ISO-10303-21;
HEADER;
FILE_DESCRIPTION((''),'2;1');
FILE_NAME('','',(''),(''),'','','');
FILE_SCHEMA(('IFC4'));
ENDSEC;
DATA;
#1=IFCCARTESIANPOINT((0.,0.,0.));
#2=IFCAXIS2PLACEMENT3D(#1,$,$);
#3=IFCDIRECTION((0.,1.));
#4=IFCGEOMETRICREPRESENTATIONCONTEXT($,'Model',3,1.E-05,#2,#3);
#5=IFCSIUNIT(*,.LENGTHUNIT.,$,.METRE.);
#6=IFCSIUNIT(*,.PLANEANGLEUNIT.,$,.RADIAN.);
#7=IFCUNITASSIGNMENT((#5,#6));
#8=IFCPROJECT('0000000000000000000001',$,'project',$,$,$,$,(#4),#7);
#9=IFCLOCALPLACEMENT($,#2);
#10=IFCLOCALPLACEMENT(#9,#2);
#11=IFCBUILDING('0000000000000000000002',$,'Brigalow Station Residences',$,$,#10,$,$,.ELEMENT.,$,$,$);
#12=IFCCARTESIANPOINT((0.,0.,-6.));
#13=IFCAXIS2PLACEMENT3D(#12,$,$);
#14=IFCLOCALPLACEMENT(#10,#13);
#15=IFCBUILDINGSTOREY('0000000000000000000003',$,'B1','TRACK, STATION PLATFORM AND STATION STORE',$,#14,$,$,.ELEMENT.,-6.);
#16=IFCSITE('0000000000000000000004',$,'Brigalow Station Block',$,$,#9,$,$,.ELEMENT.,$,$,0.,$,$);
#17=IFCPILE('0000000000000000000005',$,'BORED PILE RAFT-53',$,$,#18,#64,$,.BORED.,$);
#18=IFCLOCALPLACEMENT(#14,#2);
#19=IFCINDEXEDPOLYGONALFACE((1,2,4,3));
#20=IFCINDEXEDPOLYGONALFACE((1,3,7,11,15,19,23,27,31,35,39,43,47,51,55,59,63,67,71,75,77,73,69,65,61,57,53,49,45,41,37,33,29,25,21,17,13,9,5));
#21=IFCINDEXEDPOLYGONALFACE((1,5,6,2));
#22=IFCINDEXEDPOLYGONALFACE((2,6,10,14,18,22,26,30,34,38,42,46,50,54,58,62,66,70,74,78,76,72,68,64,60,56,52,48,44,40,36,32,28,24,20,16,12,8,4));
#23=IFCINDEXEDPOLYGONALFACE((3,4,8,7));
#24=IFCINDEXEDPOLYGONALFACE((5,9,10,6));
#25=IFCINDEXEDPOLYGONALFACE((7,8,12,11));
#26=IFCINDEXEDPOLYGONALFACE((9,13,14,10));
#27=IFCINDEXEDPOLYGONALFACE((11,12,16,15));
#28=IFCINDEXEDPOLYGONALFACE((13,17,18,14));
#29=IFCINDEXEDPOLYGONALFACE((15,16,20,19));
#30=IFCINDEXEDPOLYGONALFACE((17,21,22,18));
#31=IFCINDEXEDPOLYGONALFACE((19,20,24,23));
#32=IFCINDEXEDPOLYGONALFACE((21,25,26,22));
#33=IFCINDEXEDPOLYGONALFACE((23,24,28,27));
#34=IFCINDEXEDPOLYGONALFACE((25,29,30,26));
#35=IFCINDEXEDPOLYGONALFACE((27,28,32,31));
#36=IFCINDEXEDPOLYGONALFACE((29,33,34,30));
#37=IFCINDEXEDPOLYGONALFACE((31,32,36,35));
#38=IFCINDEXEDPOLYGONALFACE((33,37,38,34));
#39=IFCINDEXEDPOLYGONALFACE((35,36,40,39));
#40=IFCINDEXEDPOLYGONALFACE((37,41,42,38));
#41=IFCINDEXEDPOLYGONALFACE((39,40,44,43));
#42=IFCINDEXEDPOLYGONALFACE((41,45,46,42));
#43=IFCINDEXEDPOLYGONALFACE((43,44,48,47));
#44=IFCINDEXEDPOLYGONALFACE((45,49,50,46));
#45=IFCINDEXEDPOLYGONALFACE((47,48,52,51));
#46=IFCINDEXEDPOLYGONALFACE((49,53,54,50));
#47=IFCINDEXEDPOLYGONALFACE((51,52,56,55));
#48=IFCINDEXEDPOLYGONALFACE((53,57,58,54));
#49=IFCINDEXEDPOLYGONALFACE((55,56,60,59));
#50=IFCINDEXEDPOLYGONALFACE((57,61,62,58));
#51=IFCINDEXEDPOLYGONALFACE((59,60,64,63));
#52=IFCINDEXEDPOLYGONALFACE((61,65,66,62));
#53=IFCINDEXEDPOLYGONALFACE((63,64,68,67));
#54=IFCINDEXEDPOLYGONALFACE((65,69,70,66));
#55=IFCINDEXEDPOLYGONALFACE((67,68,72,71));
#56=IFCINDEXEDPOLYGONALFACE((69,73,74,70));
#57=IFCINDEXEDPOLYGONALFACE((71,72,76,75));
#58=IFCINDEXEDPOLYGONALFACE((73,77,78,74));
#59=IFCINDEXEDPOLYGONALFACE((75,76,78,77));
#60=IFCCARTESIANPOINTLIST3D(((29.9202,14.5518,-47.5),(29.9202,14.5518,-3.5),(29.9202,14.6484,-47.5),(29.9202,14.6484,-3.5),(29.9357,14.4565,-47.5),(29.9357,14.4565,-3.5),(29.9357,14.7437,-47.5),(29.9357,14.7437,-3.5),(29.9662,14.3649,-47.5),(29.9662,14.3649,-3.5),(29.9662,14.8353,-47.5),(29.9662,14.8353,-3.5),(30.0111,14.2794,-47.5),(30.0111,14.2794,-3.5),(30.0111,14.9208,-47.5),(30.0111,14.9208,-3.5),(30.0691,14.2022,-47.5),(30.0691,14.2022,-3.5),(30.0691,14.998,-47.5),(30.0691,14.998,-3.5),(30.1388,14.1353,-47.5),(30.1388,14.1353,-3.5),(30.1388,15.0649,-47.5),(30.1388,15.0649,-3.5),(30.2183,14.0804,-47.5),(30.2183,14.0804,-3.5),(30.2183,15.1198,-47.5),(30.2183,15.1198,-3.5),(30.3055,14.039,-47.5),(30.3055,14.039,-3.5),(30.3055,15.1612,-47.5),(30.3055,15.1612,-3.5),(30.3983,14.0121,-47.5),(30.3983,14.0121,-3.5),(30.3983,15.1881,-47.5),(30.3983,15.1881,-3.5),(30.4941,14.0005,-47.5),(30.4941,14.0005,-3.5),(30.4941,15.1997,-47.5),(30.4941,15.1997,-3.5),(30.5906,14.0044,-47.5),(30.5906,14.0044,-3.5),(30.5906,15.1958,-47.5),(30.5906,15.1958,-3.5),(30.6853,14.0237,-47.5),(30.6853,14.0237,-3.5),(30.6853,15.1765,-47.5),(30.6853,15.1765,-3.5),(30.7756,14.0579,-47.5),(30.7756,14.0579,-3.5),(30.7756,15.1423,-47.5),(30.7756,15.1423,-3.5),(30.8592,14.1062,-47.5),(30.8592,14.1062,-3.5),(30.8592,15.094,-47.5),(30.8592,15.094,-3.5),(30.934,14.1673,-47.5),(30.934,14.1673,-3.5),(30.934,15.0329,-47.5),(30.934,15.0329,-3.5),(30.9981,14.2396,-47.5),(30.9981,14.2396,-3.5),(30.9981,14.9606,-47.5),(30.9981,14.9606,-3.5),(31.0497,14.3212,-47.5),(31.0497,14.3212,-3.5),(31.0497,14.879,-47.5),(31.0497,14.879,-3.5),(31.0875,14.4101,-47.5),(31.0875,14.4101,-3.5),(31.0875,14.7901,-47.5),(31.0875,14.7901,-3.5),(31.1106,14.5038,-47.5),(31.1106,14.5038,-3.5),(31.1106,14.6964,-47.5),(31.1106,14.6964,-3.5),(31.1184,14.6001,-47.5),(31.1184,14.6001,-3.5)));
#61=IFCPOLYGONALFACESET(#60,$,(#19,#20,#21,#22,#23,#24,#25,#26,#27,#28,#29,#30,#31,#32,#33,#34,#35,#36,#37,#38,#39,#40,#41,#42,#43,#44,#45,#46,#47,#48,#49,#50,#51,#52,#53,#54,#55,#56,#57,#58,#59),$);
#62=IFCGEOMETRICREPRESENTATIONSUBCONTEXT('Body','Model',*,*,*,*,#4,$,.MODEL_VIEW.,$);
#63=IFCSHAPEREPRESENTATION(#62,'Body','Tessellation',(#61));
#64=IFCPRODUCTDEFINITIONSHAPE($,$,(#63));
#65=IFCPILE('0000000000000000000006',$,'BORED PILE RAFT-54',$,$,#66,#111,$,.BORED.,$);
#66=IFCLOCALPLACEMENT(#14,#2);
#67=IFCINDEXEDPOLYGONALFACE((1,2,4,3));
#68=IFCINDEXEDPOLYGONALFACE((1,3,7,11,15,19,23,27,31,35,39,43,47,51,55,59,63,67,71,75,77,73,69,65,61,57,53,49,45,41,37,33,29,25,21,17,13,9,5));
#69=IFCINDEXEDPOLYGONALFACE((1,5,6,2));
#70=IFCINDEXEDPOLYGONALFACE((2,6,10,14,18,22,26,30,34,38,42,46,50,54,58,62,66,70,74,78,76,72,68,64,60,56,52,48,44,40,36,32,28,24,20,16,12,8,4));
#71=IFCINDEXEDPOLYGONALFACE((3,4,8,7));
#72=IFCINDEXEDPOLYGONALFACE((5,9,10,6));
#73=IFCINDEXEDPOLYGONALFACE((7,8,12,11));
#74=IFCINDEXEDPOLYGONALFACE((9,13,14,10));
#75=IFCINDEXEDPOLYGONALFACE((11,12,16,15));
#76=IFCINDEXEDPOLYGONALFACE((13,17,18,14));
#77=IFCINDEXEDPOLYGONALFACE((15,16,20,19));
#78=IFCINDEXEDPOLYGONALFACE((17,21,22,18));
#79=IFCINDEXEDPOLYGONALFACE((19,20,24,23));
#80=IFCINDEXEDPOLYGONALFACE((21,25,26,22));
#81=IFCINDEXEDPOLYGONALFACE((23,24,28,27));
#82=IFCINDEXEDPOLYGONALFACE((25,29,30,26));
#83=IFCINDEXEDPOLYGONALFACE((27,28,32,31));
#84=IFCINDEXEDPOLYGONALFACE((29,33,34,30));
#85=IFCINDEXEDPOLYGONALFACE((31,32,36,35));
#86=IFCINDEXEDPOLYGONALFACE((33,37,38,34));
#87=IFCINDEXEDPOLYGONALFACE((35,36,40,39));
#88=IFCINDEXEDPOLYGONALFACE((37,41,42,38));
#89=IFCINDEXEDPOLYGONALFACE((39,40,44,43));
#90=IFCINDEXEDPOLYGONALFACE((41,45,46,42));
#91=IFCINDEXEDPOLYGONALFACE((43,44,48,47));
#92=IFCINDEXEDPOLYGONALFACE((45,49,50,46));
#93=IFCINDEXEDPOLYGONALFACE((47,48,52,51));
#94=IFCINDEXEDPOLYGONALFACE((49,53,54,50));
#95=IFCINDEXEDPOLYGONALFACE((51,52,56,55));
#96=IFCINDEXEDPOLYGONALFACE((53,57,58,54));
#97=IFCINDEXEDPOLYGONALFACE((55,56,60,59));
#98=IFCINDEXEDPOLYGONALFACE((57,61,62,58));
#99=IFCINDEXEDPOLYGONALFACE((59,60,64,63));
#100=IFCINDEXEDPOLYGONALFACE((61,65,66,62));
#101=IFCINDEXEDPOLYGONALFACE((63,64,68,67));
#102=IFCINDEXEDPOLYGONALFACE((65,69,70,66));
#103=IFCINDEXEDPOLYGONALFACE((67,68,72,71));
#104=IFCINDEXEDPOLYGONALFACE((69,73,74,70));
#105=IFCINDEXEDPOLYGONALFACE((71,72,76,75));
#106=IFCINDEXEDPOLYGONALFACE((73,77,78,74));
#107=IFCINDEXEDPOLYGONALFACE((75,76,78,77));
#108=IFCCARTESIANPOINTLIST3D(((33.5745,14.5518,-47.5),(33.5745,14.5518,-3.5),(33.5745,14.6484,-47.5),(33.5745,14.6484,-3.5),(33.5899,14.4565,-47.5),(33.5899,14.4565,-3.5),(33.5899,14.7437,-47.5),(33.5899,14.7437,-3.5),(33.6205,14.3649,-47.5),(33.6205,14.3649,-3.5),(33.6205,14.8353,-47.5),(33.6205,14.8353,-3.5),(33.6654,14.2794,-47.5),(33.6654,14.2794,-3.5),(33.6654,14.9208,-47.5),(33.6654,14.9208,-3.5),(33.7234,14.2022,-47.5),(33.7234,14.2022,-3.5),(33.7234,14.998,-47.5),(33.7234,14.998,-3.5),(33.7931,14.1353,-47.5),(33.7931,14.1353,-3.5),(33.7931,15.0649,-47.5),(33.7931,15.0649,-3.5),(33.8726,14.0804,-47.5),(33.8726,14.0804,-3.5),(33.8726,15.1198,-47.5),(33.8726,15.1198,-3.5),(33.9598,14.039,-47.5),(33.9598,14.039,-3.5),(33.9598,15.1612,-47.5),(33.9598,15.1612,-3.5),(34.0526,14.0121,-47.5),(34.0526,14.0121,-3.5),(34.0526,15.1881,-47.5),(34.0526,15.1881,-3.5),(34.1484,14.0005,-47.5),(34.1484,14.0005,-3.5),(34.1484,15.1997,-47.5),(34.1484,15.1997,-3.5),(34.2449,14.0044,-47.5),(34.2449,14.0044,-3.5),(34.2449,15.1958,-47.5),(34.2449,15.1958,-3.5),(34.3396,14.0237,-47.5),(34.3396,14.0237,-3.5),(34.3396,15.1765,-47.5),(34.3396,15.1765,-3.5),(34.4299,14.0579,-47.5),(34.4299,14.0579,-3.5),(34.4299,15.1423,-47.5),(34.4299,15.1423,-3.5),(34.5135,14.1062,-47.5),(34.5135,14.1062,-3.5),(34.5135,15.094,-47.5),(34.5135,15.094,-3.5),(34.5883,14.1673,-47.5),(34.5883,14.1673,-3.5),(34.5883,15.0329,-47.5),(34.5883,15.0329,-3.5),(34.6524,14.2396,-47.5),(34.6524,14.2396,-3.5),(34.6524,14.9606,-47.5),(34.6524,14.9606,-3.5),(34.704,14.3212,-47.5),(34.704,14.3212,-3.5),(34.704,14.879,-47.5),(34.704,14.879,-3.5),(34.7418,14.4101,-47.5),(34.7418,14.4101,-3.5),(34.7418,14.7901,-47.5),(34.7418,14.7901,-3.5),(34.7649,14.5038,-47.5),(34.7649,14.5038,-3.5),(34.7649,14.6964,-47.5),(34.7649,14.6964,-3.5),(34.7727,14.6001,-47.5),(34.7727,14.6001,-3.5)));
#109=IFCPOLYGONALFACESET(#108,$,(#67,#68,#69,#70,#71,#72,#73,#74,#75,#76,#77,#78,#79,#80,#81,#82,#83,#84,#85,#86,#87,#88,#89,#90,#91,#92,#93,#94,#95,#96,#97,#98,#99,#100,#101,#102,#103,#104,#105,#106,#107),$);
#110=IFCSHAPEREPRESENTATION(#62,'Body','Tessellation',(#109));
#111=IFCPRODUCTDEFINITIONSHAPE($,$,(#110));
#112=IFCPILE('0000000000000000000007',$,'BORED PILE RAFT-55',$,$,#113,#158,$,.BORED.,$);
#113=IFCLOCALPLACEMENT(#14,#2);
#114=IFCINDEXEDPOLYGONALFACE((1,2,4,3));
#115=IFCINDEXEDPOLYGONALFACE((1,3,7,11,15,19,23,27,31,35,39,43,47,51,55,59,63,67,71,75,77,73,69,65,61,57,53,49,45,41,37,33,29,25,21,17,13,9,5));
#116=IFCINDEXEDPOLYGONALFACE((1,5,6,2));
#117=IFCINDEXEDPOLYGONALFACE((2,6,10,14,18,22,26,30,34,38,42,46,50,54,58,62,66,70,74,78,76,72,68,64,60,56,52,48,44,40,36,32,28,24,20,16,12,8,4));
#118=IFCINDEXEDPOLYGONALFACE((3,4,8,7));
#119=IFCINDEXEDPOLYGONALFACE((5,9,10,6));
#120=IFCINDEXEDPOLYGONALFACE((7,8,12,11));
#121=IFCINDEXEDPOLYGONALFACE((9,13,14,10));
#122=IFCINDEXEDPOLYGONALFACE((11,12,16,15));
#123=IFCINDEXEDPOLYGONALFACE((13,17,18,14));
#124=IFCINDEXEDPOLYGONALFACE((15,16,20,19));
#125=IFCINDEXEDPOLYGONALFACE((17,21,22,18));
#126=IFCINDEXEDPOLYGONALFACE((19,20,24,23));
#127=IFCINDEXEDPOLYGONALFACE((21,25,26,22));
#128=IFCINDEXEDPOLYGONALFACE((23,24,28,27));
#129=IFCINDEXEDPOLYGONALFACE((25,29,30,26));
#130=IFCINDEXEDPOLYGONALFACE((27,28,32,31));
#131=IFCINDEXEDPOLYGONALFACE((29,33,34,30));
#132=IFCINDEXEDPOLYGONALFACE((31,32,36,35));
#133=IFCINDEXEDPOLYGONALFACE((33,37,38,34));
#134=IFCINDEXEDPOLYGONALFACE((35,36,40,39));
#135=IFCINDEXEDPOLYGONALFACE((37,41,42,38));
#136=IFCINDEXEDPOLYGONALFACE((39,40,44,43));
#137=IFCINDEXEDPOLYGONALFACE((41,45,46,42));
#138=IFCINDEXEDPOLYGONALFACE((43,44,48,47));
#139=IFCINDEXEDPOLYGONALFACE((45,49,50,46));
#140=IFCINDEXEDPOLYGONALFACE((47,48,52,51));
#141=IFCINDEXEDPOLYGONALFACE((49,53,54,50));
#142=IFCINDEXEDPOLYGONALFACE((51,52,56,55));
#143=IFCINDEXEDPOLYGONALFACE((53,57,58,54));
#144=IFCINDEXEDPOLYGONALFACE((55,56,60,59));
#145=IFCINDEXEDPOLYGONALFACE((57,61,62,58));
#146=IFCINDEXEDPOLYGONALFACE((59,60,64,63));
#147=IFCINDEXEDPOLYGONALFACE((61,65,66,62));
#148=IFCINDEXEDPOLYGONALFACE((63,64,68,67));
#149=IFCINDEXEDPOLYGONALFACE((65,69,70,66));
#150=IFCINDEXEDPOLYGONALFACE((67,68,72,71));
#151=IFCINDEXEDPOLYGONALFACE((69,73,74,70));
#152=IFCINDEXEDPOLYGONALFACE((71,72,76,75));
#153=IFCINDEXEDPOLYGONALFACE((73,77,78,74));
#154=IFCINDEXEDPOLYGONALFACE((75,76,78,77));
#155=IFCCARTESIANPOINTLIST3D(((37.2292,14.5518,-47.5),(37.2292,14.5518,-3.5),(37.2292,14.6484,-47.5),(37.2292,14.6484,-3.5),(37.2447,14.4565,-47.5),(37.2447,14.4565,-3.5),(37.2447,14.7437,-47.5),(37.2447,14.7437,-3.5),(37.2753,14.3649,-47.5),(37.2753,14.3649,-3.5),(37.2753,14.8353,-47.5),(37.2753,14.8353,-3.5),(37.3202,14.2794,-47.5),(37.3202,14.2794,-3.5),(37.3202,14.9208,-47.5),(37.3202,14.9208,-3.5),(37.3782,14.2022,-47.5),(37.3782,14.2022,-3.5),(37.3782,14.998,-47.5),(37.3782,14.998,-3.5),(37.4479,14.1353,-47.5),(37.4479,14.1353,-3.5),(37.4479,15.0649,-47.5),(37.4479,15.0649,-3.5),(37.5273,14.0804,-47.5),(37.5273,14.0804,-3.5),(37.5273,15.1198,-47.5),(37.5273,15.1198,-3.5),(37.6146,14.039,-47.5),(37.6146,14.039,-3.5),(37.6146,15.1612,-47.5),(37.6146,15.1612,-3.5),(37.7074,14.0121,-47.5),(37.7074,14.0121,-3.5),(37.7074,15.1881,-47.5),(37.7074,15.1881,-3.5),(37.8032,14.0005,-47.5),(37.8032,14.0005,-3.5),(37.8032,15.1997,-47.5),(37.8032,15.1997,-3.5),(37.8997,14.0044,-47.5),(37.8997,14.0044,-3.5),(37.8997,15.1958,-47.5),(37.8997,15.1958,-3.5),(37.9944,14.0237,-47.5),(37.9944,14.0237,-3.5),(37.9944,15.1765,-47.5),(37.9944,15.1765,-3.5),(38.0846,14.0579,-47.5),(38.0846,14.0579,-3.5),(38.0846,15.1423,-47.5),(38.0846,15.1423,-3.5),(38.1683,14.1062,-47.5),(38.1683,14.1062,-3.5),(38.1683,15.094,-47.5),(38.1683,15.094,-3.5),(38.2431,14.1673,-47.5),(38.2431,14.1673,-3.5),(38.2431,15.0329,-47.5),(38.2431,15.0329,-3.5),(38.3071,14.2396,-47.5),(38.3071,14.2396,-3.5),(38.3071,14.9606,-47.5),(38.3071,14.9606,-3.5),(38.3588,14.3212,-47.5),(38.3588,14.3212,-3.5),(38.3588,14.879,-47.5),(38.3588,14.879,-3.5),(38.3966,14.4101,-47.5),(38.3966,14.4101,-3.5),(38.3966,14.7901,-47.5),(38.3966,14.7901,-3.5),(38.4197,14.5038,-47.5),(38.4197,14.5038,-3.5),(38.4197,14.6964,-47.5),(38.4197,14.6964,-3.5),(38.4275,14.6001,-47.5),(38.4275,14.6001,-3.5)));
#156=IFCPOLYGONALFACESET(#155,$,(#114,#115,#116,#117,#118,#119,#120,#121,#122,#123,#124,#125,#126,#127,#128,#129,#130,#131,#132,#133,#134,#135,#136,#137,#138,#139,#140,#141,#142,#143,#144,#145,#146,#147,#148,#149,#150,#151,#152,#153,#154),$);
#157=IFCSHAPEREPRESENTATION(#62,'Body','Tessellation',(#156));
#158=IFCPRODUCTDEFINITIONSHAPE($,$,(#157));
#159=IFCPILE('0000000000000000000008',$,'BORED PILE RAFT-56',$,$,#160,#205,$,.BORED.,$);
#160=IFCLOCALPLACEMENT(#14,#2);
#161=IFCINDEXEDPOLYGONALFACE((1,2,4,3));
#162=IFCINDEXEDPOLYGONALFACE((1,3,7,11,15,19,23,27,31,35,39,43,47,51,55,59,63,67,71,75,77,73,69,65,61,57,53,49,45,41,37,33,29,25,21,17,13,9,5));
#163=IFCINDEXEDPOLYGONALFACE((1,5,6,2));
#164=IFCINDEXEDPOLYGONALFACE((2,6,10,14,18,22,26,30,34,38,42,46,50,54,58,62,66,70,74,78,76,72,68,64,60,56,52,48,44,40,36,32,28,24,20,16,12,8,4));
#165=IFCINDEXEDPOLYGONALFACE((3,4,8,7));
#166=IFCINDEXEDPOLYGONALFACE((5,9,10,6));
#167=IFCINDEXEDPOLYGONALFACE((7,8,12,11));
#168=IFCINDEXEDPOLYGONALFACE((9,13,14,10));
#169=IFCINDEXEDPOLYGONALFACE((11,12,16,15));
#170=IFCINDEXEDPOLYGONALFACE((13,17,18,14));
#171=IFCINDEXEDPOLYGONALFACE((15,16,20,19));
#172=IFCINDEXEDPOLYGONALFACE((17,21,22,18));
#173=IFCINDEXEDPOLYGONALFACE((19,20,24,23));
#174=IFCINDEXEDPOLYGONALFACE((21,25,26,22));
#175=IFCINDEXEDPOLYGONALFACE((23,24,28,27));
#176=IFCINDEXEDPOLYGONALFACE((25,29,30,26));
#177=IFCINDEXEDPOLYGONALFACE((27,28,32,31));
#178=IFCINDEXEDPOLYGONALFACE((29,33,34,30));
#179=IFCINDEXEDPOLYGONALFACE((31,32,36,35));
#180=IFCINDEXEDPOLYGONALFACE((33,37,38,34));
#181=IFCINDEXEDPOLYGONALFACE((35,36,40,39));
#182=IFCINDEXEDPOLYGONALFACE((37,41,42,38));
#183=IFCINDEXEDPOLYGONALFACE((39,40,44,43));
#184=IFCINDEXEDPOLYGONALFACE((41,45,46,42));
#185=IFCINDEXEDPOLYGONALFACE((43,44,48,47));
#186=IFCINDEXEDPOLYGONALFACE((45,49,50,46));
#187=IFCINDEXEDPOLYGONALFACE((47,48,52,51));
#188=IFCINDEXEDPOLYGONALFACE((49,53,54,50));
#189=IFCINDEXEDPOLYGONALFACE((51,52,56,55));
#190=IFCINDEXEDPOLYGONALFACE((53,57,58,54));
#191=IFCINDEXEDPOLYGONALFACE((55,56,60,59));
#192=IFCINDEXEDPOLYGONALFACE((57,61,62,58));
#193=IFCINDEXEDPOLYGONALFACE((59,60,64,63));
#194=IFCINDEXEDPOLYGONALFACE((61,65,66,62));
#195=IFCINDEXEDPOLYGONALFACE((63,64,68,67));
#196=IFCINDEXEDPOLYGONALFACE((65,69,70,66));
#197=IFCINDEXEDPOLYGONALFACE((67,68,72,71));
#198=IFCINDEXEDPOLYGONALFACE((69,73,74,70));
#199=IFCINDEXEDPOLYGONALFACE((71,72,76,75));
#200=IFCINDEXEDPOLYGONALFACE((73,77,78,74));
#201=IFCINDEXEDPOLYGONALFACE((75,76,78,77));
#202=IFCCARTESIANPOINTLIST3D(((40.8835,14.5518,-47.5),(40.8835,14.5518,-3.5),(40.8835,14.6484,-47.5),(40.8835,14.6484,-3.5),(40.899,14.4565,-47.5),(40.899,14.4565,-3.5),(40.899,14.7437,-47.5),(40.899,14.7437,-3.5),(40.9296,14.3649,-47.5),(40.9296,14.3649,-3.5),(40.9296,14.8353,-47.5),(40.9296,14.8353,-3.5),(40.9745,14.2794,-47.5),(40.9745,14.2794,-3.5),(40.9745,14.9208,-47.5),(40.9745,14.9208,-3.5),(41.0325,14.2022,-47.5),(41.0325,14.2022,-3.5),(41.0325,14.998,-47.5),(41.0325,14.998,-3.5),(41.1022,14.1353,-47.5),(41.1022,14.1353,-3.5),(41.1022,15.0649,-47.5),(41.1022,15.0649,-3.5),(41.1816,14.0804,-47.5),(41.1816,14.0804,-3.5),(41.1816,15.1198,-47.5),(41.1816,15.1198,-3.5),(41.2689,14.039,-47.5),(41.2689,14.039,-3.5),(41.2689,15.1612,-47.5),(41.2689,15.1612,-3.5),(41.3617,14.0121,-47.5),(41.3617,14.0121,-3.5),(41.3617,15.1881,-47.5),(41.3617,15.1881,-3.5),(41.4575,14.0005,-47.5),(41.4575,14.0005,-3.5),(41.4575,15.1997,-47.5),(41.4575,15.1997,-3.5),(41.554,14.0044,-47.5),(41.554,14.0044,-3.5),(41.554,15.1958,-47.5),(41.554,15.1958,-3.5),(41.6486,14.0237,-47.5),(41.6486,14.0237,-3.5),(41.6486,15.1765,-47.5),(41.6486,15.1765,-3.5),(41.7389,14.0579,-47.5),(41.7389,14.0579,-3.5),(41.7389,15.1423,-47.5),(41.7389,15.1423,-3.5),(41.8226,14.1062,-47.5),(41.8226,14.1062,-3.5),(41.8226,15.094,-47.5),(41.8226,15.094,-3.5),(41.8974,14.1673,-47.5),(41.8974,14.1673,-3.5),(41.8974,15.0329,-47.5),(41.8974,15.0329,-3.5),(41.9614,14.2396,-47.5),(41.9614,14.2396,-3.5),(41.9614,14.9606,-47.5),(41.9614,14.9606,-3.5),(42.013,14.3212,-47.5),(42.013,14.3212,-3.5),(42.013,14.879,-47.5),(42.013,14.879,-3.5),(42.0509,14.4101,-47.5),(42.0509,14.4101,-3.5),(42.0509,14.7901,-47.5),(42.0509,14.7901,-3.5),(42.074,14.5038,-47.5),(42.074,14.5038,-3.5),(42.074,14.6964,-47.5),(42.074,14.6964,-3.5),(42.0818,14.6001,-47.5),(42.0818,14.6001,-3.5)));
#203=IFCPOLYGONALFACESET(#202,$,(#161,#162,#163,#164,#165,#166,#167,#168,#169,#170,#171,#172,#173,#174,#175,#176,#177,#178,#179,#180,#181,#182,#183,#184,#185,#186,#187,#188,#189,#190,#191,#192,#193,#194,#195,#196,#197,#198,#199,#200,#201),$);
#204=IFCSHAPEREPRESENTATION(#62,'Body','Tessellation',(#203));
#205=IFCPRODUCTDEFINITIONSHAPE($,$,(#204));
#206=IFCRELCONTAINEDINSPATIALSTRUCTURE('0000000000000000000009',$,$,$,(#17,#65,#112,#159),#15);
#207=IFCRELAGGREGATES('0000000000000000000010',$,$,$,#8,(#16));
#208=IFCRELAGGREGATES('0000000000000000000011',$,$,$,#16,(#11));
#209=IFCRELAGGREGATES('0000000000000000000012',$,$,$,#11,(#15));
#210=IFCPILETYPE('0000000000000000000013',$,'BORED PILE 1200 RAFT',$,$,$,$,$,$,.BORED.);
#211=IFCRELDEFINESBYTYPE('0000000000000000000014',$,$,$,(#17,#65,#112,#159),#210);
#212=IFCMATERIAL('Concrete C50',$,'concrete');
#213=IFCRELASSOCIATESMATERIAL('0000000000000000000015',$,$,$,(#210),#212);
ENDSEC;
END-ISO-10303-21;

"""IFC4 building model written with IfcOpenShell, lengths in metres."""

from ifc_helpers import new_model, si_unit, direction, frame, origin, origin_2d, place, context, subcontext, project, spatial, circle, extrude, material, material_profile, profile_set, type_object, element, save


model = new_model("IFC4")

# Units and contexts
model_context = context("Model", 3, precision=1e-05, world=origin(), true_north=direction((0.0, 1.0)))
body_context = subcontext(model_context, "Body", "Model", "MODEL_VIEW")
ifc_project = project(units=[si_unit("LENGTHUNIT", "METRE"), si_unit("PLANEANGLEUNIT", "RADIAN")], contexts=[model_context])

# Site, building, storey
site_placement = place(None, origin())
site = spatial("IfcSite", under=ifc_project, at=site_placement, Name="Brigalow Station Block", CompositionType="ELEMENT", RefElevation=0.0)
building_placement = place(site_placement, origin())
building = spatial("IfcBuilding", under=site, at=building_placement, Name="Brigalow Station Residences", CompositionType="ELEMENT")
storey_placement = place(building_placement, frame((0.0, 0.0, -6.0)))
storey = spatial("IfcBuildingStorey", under=building, at=storey_placement, Name="B1", Description="TRACK, STATION PLATFORM AND STATION STORE", CompositionType="ELEMENT", Elevation=-6.0)

# Piles
ifc_material_1 = material(Name="Concrete C50", Category="concrete")
ifc_material_profile = material_profile(ifc_material_1, circle(Radius=0.6001, at=origin_2d()), Name="BP1200")
ifc_profile_set = profile_set([ifc_material_profile], Name="Concrete C50")
pile_type = type_object("IfcPileType", Name="BORED PILE 1200 RAFT", PredefinedType="BORED", material=ifc_profile_set)
for number, where, z_axis, x_axis, name in (
    (1, (30.5183, 14.6001, -3.5), (0.0, 0.0, -1.0), (1.0, 0.0, 0.0), "BORED PILE RAFT-53"),
    (2, (34.1726, 14.6001, -3.5), (0.0, 0.0, -1.0), (1.0, 0.0, 0.0), "BORED PILE RAFT-54"),
    (3, (37.8274, 14.6001, -3.5), (0.0, 0.0, -1.0), (1.0, 0.0, 0.0), "BORED PILE RAFT-55"),
    (4, (41.4817, 14.6001, -3.5), (0.0, 0.0, -1.0), (1.0, 0.0, 0.0), "BORED PILE RAFT-56"),
):
    element("IfcPile", number, at=place(storey_placement, frame(where, z_axis=z_axis, x_axis=x_axis)), inside=storey, type_object=pile_type, Name=name, PredefinedType="BORED", context=body_context, shape_type="SweptSolid", body=[
        extrude(circle(Radius=0.6001, at=origin_2d()), origin(), (0.0, 0.0, 1.0), 44.0),
    ])

save(model, "model.ifc")
